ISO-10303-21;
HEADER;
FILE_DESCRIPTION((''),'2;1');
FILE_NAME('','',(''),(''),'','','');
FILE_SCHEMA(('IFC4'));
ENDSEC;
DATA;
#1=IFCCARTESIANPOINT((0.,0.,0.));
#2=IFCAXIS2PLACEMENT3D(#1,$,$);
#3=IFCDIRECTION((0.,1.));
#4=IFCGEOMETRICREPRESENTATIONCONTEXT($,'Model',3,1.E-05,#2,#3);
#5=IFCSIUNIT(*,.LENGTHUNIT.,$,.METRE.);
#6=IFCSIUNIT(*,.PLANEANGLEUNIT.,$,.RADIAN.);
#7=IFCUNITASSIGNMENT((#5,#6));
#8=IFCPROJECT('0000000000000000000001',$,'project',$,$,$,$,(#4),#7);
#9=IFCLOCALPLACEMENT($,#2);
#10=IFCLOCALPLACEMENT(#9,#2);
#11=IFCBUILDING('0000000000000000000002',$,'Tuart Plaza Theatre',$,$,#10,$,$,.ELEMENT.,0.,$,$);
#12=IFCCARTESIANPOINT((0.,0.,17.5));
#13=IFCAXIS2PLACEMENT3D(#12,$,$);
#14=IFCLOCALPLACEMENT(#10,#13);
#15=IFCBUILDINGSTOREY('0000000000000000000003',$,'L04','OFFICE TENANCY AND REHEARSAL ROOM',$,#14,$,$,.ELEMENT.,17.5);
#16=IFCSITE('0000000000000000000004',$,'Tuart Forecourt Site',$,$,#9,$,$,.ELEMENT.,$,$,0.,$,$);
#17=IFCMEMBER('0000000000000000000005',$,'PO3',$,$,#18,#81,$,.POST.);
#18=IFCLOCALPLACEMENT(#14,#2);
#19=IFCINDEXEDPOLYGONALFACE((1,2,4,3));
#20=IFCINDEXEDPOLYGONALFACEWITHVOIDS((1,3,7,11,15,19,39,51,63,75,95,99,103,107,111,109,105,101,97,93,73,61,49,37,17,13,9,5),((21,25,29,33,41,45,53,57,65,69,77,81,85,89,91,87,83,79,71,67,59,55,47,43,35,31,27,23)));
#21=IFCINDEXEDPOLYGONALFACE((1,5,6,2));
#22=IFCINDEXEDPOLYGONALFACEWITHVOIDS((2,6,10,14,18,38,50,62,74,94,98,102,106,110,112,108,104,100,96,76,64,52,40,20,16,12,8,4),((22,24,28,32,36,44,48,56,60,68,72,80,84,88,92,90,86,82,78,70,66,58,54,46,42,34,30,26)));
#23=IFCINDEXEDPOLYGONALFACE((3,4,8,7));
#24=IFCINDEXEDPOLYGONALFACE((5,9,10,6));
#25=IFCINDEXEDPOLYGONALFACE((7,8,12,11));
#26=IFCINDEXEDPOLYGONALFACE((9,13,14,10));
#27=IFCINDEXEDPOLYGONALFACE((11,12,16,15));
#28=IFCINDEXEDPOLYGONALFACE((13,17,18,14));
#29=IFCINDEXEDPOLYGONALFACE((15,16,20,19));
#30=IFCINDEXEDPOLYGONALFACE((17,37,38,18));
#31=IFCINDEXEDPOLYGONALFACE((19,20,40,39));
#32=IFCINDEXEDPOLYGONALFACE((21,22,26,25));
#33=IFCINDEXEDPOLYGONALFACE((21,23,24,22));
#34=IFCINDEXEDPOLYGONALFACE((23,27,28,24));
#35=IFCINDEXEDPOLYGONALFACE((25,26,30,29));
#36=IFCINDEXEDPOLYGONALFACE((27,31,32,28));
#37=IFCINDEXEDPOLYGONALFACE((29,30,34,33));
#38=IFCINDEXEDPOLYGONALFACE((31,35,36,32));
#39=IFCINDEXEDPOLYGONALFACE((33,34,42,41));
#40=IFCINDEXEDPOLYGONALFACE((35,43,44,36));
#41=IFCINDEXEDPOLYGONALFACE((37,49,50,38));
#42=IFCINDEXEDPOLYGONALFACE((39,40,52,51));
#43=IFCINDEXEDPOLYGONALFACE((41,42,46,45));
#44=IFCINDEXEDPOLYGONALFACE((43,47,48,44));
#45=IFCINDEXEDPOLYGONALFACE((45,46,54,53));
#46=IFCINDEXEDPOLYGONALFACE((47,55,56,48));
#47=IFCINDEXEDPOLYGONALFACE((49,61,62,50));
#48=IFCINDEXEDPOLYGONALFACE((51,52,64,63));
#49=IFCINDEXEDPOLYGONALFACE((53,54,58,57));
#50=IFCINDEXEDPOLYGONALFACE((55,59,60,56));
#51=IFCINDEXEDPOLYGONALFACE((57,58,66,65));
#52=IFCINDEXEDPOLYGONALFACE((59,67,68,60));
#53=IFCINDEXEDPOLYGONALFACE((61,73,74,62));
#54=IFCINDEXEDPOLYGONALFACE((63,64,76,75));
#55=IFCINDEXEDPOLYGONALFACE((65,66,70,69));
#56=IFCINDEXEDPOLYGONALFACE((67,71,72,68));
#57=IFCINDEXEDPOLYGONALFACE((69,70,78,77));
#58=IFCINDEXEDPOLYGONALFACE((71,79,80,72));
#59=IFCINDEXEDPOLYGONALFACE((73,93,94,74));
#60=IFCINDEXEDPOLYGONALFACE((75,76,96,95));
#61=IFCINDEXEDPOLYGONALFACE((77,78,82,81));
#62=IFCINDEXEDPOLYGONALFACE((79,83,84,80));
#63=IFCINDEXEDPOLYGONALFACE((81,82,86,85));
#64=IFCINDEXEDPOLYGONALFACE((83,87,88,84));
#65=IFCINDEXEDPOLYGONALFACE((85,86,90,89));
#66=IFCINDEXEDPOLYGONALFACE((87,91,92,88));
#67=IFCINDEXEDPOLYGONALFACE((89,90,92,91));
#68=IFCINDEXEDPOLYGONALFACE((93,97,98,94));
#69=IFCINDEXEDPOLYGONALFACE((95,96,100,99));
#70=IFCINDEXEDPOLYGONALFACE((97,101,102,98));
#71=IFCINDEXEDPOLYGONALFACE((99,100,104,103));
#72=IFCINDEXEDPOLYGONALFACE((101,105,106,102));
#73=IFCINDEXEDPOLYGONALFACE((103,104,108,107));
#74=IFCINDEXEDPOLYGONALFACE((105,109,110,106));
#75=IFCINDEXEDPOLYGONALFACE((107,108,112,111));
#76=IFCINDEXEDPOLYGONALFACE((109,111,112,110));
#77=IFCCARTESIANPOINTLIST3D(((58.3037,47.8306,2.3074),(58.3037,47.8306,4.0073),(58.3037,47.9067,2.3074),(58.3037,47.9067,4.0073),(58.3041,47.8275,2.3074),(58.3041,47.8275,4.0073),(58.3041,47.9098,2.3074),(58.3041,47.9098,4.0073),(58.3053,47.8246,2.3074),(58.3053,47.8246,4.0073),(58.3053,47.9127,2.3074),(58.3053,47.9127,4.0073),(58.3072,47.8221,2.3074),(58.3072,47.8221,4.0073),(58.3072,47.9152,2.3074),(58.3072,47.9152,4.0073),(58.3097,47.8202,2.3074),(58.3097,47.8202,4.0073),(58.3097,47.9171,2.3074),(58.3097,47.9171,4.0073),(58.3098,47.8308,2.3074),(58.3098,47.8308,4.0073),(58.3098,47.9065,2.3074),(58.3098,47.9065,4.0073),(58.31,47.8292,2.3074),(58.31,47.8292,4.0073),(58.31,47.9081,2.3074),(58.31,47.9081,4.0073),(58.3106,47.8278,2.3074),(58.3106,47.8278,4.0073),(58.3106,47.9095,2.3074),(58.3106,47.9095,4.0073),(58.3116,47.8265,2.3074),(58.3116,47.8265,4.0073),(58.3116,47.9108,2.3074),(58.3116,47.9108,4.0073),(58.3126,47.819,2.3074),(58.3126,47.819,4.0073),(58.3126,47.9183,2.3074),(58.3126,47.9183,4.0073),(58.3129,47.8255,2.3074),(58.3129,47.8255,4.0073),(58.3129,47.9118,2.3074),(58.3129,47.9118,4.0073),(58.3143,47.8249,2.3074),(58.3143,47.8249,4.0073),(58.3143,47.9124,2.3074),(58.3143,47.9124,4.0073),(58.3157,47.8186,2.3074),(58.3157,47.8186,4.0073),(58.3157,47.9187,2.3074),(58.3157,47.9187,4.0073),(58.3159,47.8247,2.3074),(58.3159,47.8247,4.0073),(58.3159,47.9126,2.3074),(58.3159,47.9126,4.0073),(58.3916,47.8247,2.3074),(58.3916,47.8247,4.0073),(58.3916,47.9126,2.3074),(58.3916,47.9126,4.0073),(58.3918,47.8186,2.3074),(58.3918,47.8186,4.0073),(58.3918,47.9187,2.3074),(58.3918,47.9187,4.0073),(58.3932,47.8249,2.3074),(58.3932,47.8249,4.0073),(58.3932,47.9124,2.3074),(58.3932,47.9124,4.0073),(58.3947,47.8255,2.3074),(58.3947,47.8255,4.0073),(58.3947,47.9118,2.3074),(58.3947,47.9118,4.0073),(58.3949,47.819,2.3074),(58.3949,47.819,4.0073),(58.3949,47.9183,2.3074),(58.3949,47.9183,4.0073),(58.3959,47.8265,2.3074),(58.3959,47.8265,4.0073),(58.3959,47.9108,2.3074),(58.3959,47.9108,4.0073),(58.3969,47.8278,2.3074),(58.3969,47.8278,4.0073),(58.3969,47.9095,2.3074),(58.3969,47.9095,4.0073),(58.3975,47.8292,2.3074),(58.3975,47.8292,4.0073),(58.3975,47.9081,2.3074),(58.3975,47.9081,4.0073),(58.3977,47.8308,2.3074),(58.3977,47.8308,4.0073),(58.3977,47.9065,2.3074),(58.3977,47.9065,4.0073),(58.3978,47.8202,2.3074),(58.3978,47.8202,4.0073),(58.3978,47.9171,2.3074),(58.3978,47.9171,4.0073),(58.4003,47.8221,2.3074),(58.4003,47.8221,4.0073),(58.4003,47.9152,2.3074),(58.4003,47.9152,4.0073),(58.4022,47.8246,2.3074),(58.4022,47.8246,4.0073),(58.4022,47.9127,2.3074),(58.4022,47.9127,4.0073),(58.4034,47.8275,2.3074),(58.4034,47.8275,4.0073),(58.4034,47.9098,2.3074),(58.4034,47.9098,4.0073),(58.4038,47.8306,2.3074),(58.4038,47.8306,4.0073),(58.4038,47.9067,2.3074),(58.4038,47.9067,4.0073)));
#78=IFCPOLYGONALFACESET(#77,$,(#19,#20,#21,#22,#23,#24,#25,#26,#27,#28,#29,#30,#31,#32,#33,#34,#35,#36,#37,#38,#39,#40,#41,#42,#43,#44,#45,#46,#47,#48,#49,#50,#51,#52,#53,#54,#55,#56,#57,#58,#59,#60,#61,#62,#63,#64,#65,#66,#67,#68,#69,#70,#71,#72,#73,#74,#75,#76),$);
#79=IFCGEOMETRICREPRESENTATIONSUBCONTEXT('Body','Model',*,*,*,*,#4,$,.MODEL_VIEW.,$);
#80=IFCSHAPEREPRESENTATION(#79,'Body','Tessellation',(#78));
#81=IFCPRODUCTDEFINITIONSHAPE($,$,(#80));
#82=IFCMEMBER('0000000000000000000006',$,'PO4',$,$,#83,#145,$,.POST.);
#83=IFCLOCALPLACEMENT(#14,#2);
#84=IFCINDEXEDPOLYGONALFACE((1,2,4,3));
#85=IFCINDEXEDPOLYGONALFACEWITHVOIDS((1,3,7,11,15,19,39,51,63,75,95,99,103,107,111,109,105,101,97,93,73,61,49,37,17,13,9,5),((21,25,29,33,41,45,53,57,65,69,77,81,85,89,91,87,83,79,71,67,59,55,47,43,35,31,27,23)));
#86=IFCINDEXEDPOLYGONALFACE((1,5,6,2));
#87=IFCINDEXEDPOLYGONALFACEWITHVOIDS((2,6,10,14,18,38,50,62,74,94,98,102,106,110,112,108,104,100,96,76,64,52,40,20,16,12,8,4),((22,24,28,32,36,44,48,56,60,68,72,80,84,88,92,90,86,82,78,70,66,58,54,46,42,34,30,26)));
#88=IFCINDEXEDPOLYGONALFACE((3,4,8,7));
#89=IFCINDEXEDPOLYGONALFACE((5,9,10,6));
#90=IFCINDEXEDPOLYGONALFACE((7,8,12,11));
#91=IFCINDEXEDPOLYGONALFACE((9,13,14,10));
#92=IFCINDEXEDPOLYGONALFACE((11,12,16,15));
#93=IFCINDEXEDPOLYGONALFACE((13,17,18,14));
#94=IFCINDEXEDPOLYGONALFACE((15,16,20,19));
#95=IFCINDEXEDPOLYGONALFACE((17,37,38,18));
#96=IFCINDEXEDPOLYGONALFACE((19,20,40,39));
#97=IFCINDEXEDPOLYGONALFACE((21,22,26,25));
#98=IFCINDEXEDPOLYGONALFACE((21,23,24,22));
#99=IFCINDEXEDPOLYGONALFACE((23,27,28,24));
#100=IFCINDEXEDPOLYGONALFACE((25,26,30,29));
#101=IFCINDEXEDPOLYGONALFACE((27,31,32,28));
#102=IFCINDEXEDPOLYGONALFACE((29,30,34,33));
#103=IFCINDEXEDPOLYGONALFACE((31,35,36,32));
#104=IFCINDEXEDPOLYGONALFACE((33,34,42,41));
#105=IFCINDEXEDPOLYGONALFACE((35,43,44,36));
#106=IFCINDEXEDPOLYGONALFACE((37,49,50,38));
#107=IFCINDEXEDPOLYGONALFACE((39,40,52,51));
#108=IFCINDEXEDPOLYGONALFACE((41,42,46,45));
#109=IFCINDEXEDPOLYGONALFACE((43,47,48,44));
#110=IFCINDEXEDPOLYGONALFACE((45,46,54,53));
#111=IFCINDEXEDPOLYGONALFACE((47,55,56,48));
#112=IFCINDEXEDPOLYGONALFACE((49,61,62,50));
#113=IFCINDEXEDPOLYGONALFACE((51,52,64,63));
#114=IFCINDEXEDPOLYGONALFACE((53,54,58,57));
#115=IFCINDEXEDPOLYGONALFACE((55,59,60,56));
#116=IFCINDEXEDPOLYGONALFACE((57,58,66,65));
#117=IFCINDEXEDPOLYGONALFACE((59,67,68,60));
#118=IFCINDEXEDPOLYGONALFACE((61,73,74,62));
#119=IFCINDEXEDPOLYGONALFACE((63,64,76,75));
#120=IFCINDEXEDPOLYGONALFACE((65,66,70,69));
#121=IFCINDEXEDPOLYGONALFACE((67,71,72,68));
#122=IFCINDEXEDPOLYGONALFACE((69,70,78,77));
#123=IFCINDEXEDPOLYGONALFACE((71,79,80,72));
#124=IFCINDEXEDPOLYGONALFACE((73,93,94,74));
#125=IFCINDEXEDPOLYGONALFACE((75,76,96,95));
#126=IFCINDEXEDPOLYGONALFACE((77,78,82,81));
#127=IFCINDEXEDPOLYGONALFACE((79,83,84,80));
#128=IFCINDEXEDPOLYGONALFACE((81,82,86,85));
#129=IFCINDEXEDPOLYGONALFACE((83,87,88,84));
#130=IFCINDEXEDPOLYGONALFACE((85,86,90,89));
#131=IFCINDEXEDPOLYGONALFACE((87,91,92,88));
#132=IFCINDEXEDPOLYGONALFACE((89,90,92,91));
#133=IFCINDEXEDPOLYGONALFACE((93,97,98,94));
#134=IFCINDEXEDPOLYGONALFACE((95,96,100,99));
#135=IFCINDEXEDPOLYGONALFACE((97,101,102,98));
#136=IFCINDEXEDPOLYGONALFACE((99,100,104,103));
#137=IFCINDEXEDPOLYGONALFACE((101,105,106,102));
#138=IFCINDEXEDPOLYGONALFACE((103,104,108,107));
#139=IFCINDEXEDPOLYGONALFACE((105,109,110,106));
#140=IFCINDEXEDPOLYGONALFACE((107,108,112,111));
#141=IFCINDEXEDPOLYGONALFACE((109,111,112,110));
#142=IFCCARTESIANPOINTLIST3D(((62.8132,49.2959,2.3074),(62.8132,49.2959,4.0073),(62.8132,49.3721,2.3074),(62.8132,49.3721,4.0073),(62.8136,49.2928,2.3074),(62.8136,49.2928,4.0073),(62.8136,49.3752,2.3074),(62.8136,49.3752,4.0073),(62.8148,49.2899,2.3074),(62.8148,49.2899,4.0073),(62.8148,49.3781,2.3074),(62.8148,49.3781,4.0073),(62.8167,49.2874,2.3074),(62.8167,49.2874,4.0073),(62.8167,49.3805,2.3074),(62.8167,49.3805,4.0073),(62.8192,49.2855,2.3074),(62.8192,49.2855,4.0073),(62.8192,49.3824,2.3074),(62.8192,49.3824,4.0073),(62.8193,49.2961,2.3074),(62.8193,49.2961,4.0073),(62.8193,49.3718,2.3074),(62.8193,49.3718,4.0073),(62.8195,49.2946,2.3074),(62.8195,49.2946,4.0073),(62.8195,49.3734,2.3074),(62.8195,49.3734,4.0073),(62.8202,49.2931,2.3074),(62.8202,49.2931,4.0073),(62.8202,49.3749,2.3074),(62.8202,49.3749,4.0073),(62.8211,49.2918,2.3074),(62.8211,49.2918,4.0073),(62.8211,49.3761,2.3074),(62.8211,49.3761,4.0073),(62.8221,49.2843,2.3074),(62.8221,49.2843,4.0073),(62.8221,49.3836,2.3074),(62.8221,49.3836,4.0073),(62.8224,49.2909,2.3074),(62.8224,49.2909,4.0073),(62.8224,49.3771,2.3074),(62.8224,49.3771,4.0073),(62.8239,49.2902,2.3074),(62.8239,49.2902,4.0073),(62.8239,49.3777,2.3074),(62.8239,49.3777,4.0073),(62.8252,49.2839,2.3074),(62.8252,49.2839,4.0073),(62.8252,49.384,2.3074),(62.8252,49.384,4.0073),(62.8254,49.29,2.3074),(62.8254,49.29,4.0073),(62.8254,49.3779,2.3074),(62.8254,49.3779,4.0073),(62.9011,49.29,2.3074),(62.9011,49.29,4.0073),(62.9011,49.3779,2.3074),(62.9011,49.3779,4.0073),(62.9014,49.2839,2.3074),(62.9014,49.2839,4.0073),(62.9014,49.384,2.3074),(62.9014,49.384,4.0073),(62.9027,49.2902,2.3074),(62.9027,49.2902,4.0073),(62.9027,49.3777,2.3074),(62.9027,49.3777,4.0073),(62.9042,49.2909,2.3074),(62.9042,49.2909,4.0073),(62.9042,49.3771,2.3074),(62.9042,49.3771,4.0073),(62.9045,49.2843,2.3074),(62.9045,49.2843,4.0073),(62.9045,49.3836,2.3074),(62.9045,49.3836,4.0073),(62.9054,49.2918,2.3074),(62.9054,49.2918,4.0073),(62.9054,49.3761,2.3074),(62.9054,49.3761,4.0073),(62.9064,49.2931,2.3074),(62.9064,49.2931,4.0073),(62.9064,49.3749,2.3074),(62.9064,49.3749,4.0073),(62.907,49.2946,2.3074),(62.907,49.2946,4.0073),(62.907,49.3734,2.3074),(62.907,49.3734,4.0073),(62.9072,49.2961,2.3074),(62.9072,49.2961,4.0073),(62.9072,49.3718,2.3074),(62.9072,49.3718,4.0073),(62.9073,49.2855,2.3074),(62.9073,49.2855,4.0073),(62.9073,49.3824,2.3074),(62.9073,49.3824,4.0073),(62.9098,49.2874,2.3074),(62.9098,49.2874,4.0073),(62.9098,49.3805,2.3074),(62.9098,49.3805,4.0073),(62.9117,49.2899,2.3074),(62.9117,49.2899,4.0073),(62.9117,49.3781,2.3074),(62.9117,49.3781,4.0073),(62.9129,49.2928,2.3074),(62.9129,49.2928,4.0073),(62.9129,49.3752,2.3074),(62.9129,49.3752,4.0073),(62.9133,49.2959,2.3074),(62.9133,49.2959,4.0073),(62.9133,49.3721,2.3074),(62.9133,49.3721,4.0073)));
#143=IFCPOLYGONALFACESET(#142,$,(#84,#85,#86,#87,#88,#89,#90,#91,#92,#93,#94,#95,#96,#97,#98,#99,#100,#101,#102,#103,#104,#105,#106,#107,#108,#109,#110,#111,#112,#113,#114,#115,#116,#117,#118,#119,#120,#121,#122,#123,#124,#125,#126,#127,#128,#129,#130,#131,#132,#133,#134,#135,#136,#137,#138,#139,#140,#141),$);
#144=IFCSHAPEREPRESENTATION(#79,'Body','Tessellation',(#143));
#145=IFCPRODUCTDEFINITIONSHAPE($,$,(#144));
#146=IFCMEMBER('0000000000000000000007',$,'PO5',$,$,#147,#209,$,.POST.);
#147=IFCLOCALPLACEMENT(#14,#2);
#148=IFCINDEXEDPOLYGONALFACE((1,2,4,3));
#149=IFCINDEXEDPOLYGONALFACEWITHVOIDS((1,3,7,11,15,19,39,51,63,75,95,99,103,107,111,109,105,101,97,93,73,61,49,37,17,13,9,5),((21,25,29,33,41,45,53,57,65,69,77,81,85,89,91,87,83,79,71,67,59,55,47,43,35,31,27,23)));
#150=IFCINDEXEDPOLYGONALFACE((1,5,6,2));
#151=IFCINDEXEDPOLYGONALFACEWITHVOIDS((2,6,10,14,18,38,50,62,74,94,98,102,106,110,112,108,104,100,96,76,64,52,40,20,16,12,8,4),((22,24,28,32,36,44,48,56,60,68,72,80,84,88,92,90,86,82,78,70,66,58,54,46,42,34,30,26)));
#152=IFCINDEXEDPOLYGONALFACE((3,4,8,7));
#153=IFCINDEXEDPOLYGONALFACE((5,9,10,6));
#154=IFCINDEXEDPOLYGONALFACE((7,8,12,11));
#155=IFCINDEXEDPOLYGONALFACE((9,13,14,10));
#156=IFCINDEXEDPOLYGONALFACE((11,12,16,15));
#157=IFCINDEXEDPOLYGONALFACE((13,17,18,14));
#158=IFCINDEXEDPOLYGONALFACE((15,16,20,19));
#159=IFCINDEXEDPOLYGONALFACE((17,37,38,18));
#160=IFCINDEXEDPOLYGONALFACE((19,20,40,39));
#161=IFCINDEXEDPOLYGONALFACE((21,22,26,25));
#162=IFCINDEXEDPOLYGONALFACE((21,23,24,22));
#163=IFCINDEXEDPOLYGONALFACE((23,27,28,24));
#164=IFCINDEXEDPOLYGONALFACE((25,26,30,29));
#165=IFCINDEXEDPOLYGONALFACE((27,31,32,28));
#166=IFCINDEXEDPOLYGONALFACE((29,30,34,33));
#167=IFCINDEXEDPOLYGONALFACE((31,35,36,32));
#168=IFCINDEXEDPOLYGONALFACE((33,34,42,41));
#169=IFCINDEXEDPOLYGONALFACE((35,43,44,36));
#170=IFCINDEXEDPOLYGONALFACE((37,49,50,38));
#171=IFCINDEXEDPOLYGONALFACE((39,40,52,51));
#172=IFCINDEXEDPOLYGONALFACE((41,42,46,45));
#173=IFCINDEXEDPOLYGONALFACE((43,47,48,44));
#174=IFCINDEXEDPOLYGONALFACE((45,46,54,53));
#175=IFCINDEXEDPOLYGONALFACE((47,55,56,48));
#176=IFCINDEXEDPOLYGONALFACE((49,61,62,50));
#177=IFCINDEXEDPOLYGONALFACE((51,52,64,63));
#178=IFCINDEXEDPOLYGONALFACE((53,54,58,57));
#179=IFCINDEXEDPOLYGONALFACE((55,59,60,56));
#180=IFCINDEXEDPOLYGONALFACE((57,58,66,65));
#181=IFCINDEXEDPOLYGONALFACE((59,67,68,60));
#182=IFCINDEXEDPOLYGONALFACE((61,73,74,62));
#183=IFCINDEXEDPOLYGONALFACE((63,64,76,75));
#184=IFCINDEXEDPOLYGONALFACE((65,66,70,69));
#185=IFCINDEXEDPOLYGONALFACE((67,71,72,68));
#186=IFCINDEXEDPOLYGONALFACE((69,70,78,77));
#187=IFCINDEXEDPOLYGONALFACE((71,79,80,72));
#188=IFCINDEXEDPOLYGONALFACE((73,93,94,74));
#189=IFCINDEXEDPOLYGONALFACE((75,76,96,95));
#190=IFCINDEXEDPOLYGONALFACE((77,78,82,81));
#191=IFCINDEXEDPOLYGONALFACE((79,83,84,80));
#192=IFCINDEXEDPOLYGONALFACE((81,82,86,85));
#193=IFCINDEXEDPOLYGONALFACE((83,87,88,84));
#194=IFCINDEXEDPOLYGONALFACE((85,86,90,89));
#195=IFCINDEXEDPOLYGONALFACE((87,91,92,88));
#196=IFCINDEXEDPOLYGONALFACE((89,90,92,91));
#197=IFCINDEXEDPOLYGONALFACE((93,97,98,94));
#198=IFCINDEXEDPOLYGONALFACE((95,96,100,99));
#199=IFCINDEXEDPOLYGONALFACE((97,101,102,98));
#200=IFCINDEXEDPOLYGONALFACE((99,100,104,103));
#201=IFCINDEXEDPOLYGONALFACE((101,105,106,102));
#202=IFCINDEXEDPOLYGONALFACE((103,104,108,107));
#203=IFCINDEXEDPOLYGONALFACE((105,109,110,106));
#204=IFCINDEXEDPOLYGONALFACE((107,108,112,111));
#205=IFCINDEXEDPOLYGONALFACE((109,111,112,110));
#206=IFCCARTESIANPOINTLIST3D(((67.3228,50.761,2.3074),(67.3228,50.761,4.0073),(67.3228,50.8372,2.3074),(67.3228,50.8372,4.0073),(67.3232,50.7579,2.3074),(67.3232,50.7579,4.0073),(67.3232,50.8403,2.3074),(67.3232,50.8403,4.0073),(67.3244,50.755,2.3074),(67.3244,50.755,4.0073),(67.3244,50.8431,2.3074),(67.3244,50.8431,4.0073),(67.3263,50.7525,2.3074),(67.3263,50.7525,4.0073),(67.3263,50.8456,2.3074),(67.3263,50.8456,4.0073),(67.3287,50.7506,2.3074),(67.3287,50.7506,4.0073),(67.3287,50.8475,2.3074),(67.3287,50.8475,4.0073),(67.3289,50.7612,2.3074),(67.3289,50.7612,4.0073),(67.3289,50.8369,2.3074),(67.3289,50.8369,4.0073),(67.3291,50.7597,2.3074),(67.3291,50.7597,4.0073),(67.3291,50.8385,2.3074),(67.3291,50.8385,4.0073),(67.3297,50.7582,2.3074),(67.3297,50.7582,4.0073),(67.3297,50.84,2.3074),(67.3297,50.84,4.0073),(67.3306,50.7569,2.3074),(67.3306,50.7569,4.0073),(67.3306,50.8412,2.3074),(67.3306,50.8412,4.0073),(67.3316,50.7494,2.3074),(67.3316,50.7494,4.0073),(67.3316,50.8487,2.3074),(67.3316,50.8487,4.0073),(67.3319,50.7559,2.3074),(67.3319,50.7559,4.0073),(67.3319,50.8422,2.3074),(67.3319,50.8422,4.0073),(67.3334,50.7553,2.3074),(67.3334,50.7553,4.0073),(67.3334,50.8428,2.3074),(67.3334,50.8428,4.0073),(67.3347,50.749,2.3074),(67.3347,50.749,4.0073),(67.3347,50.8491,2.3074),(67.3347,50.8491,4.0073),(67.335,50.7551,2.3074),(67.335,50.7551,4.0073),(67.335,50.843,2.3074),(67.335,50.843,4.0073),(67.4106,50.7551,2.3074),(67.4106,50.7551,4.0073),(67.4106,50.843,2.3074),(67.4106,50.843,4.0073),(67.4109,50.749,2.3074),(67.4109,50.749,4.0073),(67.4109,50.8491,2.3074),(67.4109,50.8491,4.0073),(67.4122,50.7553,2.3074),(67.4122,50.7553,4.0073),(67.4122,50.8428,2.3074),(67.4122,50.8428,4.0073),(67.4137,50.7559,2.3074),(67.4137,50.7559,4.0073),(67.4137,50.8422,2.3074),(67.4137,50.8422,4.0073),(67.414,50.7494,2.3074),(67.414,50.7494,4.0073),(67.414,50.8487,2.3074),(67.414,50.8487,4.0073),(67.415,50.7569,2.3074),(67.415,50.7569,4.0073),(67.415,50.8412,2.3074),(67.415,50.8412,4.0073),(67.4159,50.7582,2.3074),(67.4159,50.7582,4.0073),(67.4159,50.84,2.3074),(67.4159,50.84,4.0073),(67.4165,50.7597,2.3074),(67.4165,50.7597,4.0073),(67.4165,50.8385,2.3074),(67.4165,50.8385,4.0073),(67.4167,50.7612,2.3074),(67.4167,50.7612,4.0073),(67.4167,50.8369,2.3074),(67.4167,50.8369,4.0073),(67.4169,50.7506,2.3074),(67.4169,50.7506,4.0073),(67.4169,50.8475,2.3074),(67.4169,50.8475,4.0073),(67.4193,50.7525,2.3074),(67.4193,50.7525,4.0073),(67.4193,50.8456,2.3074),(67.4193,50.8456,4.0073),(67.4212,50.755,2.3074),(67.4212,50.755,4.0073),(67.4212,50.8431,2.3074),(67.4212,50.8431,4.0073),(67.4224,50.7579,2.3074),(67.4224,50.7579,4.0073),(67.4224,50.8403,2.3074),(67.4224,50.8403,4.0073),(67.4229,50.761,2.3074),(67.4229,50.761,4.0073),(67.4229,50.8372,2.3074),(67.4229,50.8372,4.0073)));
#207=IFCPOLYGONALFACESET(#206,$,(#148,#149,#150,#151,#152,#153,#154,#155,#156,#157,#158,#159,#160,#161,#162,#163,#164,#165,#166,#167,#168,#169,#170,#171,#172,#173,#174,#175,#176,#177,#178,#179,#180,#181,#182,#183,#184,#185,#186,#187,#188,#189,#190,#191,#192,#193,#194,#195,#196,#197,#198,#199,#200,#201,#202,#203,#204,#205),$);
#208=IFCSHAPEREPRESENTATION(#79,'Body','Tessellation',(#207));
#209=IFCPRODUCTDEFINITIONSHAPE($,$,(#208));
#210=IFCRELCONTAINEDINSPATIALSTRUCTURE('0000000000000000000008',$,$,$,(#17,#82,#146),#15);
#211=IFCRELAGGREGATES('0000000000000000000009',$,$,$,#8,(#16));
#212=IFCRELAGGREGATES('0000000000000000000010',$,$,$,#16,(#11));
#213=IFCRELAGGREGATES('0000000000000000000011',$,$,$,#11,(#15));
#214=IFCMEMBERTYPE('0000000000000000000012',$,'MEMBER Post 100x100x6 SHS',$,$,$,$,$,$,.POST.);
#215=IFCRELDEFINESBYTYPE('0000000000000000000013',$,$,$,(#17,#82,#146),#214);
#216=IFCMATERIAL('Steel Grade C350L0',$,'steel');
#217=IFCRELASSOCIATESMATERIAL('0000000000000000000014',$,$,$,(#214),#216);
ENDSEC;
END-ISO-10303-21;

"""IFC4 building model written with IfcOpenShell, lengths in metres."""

from ifc_helpers import new_model, si_unit, direction, frame, origin, origin_2d, place, context, subcontext, project, spatial, hollow_rectangle, extrude, material, material_profile, profile_set, type_object, element, save


model = new_model("IFC4")

# Units and contexts
model_context = context("Model", 3, precision=1e-05, world=origin(), true_north=direction((0.0, 1.0)))
body_context = subcontext(model_context, "Body", "Model", "MODEL_VIEW")
ifc_project = project(units=[si_unit("LENGTHUNIT", "METRE"), si_unit("PLANEANGLEUNIT", "RADIAN")], contexts=[model_context])

# Site, building, storey
site_placement = place(None, origin())
site = spatial("IfcSite", under=ifc_project, at=site_placement, Name="Tuart Forecourt Site", CompositionType="ELEMENT", RefElevation=0.0)
building_placement = place(site_placement, origin())
building = spatial("IfcBuilding", under=site, at=building_placement, Name="Tuart Plaza Theatre", CompositionType="ELEMENT", ElevationOfRefHeight=0.0)
storey_placement = place(building_placement, frame((0.0, 0.0, 17.5)))
storey = spatial("IfcBuildingStorey", under=building, at=storey_placement, Name="L04", Description="OFFICE TENANCY AND REHEARSAL ROOM", CompositionType="ELEMENT", Elevation=17.5)

# Members
ifc_material_1 = material(Name="Steel Grade C350L0", Category="steel")
ifc_material_profile_1 = material_profile(ifc_material_1, hollow_rectangle(XDim=0.1001, YDim=0.1001, WallThickness=0.0061, InnerFilletRadius=0.0061, OuterFilletRadius=0.012, at=origin_2d()), Name="100x100x6 SHS")
ifc_profile_set_1 = profile_set([ifc_material_profile_1], Name="Steel Grade C350L0")
member_type_1 = type_object("IfcMemberType", Name="MEMBER Post 100x100x6 SHS", PredefinedType="POST", material=ifc_profile_set_1)
for number, where, z_axis, x_axis, name in (
    (1, (58.3538, 47.8687, 2.3074), (0.0, 0.0, 1.0), (1.0, 0.0, 0.0), "PO3"),
    (2, (62.8633, 49.334, 2.3074), (0.0, 0.0, 1.0), (1.0, 0.0, 0.0), "PO4"),
    (3, (67.3728, 50.7991, 2.3074), (0.0, 0.0, 1.0), (1.0, 0.0, 0.0), "PO5"),
):
    element("IfcMember", number, at=place(storey_placement, frame(where, z_axis=z_axis, x_axis=x_axis)), inside=storey, type_object=member_type_1, Name=name, PredefinedType="POST", context=body_context, shape_type="SweptSolid", body=[
        extrude(hollow_rectangle(XDim=0.1001, YDim=0.1001, WallThickness=0.0061, InnerFilletRadius=0.0061, OuterFilletRadius=0.012, at=origin_2d()), origin(), (0.0, 0.0, 1.0), 1.7),
    ])

save(model, "model.ifc")
